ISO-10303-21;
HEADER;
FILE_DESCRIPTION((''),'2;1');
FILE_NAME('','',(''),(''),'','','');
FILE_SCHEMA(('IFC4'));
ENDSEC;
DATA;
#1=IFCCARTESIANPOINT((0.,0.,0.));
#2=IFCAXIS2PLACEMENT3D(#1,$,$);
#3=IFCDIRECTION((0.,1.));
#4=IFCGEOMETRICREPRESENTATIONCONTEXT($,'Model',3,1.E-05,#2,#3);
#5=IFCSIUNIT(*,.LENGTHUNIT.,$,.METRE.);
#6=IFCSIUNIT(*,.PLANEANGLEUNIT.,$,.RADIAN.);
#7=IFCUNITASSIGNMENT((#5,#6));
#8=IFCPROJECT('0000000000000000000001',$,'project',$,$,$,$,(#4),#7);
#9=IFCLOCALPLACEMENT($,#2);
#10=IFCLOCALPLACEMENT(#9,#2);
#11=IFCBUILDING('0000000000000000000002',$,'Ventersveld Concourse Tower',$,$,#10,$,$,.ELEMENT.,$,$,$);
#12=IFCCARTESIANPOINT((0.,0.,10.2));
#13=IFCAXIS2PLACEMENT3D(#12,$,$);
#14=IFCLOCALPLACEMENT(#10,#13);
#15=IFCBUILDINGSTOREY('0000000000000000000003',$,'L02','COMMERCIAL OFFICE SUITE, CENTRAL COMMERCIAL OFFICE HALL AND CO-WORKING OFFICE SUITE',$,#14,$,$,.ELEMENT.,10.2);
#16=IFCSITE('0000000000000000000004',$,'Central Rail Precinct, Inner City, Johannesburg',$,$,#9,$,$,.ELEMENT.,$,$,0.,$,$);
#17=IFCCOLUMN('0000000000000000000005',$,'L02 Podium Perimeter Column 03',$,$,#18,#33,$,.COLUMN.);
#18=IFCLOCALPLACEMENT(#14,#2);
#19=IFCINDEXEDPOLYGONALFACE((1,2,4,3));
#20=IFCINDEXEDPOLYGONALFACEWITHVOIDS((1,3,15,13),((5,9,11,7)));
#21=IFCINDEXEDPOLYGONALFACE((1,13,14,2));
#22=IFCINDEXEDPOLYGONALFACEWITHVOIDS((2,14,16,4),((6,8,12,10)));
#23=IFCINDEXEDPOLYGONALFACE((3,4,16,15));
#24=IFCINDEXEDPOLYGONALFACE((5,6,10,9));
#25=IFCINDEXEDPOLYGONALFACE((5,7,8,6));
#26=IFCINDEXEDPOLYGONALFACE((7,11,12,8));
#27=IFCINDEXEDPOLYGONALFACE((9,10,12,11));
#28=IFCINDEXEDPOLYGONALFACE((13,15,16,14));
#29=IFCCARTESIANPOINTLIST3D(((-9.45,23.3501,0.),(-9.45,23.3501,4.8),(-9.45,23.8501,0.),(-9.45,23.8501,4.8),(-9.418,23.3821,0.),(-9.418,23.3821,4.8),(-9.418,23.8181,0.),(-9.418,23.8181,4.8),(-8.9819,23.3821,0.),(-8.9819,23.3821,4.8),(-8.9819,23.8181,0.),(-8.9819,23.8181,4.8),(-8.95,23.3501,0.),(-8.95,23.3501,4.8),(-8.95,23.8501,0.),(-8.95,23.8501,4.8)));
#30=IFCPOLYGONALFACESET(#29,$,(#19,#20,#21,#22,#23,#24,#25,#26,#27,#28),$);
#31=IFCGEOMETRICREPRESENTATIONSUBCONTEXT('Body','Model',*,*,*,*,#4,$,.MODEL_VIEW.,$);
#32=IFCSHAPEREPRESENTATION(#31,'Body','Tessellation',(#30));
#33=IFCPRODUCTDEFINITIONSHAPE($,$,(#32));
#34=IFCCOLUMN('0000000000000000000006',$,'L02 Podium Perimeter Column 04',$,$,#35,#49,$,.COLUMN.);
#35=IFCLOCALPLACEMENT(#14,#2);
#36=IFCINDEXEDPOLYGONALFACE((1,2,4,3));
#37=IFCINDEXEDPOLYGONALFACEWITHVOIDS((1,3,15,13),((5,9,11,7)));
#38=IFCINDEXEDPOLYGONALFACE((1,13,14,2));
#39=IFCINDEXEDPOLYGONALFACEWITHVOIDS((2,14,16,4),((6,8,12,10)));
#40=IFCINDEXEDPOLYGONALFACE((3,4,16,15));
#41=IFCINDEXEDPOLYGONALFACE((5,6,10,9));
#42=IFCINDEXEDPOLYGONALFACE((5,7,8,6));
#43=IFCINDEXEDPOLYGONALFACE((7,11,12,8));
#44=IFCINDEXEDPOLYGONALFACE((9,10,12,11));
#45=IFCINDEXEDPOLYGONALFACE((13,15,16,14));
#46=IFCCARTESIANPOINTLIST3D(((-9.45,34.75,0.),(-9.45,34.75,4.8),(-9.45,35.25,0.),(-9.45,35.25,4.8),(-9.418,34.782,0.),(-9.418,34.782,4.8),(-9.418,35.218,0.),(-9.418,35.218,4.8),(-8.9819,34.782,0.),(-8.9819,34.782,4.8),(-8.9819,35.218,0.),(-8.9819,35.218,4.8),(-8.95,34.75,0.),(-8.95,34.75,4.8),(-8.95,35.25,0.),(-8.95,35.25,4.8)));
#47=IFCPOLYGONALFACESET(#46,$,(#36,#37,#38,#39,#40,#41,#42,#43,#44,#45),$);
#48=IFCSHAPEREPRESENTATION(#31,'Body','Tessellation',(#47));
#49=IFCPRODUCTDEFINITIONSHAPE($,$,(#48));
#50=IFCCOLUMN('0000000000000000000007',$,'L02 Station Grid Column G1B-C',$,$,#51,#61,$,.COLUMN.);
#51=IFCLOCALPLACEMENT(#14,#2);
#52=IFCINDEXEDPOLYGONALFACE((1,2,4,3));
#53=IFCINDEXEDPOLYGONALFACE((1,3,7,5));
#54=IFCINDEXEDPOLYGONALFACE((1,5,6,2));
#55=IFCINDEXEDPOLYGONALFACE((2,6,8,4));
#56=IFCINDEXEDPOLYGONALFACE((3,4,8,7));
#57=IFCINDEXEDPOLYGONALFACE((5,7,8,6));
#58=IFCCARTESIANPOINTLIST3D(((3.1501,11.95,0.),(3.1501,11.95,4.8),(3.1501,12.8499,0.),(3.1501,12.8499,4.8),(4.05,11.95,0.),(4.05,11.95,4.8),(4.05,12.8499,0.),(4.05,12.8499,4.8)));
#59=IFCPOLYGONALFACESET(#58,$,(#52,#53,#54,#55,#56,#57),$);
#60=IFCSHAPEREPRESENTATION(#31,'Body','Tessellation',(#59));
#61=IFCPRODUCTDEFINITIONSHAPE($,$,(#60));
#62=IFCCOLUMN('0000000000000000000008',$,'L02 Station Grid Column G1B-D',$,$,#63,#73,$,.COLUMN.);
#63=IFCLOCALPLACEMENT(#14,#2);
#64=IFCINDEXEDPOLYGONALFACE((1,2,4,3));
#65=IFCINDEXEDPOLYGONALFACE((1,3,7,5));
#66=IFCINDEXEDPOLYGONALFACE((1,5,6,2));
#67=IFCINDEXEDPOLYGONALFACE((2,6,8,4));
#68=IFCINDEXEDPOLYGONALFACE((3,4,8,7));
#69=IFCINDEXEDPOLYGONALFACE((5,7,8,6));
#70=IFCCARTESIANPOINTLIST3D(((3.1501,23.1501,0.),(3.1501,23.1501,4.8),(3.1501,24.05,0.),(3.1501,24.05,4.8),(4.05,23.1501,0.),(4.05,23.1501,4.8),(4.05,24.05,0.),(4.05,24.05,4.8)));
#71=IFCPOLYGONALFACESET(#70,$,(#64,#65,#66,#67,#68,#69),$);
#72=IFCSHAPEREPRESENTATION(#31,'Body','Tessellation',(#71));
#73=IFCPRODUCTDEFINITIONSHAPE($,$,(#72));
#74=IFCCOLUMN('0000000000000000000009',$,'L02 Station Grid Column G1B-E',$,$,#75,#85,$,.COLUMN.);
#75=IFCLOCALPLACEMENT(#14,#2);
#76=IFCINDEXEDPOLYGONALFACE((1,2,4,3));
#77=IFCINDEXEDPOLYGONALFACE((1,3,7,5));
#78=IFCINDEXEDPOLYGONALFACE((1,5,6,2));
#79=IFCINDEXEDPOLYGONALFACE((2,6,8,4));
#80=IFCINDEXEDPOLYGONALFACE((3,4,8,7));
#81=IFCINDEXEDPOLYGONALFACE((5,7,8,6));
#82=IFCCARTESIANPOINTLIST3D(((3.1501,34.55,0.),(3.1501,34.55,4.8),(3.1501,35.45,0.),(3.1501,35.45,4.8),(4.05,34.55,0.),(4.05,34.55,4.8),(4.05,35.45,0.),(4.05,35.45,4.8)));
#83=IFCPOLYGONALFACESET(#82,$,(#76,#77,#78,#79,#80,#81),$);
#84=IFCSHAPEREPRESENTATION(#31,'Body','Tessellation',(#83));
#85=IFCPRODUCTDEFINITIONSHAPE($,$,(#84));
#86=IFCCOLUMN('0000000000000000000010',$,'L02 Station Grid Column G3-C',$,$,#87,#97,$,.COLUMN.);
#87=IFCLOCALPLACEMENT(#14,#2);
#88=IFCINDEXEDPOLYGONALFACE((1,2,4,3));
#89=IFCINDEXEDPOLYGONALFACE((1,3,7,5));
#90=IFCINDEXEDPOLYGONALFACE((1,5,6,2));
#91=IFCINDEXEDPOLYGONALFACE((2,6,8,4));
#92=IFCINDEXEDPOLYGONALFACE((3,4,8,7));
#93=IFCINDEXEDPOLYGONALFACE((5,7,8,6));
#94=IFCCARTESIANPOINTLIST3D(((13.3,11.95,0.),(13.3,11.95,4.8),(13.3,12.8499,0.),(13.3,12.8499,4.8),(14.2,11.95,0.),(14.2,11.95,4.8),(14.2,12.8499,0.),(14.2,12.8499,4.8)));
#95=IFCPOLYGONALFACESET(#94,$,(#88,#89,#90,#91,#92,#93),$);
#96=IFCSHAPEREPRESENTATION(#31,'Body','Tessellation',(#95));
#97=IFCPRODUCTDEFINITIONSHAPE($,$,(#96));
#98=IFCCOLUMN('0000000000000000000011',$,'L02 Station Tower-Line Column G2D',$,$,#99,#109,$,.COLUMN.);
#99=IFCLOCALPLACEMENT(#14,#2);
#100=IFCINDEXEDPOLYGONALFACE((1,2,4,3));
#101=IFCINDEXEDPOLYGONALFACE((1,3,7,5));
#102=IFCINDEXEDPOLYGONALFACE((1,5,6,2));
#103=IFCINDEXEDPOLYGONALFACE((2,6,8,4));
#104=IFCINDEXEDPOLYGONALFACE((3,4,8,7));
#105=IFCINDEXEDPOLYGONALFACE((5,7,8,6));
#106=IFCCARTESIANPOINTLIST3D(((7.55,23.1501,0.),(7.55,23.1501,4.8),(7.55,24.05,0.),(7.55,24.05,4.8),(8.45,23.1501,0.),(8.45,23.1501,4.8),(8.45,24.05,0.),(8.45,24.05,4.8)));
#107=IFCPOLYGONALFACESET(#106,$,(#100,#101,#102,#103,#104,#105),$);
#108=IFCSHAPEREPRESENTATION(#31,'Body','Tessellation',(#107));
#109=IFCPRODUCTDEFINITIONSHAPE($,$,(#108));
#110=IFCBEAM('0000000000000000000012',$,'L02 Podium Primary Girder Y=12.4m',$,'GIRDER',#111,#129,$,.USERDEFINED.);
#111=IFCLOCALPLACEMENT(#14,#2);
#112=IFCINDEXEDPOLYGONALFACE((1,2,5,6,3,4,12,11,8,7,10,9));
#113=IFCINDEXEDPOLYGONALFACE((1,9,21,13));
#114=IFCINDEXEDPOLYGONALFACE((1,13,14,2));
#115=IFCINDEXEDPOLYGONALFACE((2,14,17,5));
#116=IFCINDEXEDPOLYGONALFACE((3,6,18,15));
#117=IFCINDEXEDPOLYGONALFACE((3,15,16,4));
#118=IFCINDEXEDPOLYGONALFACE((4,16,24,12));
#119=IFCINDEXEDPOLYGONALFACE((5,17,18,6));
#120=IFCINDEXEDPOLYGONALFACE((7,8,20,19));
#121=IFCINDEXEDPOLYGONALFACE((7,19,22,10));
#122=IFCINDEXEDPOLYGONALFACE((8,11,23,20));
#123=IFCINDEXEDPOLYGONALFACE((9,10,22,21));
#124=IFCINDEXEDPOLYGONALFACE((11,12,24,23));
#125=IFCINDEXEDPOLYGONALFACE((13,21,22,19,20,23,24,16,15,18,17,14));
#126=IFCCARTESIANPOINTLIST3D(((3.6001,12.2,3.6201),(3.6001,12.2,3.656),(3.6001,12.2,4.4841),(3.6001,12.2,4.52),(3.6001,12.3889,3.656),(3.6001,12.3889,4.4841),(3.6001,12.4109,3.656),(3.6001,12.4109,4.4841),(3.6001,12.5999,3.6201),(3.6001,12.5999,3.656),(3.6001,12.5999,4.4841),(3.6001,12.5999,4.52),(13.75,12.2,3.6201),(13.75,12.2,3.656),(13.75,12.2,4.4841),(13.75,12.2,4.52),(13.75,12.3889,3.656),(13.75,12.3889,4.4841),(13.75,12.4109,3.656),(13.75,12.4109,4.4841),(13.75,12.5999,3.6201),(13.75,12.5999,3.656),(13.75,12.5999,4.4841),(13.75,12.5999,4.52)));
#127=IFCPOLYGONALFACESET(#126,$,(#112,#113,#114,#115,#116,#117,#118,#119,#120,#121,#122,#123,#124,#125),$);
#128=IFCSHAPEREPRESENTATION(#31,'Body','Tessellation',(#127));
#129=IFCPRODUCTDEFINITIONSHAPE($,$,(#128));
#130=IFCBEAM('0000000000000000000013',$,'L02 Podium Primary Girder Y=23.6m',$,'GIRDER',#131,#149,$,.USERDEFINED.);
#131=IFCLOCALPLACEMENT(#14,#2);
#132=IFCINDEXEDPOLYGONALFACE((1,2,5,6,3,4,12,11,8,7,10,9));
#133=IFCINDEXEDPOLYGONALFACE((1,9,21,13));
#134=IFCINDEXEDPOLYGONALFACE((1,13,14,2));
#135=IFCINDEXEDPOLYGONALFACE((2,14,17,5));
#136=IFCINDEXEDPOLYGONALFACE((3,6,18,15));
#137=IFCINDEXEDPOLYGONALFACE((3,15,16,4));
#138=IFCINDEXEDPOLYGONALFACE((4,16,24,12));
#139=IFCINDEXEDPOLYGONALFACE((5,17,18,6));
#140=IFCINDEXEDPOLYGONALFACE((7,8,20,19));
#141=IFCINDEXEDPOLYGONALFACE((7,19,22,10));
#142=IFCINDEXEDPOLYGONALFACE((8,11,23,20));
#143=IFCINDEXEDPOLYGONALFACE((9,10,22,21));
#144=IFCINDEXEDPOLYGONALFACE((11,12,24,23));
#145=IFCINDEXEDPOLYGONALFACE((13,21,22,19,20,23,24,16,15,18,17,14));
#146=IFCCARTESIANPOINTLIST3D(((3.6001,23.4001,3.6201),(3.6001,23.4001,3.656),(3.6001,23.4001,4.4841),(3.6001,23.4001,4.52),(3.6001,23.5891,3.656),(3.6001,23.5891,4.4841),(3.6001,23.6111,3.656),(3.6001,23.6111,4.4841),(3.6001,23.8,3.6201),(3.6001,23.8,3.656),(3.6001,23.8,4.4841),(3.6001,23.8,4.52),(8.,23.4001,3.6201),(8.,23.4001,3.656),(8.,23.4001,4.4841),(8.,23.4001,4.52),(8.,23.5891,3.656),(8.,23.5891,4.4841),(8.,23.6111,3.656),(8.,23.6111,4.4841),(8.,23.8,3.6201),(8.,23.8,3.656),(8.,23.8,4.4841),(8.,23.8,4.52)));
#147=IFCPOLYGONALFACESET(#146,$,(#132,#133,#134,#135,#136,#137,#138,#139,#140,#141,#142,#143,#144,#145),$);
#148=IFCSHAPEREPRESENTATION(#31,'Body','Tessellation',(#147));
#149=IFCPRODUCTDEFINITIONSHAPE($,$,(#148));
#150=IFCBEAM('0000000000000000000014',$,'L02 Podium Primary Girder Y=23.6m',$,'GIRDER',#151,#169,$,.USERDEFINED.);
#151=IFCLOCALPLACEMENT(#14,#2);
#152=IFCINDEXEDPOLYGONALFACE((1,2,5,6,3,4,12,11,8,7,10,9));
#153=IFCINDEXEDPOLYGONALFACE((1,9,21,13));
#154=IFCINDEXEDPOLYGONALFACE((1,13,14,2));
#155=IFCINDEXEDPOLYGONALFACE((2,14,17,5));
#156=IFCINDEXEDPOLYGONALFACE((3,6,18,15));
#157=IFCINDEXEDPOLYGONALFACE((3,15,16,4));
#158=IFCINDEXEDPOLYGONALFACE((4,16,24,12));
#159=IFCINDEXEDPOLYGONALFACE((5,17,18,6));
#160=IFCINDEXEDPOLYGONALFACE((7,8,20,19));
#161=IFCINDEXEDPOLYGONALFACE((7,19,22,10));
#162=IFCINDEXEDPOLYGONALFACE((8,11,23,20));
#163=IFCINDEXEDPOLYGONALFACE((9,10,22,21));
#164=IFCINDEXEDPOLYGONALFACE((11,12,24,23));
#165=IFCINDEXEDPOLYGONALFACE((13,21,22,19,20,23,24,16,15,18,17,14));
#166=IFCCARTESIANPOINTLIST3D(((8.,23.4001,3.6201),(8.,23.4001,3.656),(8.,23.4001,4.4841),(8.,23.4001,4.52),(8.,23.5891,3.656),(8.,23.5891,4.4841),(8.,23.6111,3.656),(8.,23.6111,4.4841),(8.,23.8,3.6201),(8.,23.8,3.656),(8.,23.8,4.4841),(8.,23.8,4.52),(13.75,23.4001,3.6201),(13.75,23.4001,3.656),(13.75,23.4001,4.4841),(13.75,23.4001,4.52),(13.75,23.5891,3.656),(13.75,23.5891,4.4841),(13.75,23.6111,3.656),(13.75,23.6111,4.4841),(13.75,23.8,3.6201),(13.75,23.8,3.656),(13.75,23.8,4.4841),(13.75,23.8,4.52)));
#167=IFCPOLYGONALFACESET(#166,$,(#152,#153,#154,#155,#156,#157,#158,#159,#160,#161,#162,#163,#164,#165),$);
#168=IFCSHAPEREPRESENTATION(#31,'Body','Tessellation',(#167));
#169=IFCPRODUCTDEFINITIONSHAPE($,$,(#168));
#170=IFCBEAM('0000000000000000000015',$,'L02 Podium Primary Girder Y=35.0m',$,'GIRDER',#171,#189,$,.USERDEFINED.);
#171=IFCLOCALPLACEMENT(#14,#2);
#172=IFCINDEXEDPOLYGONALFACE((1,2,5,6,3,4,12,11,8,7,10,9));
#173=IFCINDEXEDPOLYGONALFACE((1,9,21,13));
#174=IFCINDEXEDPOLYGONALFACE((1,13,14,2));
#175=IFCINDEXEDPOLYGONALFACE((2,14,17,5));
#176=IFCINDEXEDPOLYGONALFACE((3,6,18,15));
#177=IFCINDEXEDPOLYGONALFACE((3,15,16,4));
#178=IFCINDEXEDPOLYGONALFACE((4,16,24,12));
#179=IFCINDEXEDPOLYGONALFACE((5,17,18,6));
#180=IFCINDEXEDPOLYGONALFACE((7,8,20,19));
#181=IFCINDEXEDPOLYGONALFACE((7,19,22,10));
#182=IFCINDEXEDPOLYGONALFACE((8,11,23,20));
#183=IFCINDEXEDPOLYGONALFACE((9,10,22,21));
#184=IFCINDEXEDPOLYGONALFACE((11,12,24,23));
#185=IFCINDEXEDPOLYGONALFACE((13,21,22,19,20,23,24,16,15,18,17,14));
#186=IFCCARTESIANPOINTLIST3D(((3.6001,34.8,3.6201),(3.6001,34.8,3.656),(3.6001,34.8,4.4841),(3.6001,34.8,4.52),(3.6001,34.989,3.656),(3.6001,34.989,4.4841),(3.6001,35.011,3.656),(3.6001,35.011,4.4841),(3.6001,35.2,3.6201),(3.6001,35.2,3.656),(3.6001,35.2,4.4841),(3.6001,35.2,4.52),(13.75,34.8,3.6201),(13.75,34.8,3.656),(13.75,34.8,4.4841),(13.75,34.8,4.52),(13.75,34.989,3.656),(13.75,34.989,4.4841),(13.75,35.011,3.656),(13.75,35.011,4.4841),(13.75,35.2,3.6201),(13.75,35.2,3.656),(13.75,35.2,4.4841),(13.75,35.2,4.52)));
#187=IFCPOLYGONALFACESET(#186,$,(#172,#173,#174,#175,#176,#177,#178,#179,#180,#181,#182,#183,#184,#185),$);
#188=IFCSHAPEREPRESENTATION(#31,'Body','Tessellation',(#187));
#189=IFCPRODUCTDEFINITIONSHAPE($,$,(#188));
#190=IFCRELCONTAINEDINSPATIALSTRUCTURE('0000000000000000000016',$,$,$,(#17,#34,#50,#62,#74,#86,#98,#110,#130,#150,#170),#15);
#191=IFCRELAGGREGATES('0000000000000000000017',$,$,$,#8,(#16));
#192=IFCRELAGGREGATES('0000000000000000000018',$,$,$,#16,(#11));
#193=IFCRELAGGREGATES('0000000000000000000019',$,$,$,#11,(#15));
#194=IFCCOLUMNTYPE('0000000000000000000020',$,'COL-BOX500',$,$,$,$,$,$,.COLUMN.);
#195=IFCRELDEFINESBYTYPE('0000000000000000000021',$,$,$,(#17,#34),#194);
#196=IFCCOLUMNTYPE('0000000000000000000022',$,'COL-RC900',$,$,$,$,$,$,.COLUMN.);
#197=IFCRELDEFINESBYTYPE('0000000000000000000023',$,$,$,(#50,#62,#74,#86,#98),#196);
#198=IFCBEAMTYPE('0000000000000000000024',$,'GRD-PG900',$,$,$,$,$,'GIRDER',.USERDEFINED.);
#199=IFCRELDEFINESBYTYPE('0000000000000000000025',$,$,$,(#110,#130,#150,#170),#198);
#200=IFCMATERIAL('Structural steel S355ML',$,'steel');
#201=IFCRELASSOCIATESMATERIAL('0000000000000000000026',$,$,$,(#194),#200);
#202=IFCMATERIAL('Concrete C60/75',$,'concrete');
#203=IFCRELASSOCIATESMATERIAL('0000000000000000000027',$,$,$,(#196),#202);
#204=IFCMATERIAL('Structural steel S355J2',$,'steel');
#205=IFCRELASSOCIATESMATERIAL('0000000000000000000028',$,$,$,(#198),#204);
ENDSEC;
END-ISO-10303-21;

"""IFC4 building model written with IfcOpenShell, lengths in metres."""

from ifc_helpers import new_model, si_unit, direction, frame, origin, origin_2d, place, context, subcontext, project, spatial, rectangle, hollow_rectangle, i_section, extrude, material, material_profile, profile_set, type_object, element, save


model = new_model("IFC4")

# Units and contexts
model_context = context("Model", 3, precision=1e-05, world=origin(), true_north=direction((0.0, 1.0)))
body_context = subcontext(model_context, "Body", "Model", "MODEL_VIEW")
ifc_project = project(units=[si_unit("LENGTHUNIT", "METRE"), si_unit("PLANEANGLEUNIT", "RADIAN")], contexts=[model_context])

# Site, building, storey
site_placement = place(None, origin())
site = spatial("IfcSite", under=ifc_project, at=site_placement, Name="Central Rail Precinct, Inner City, Johannesburg", CompositionType="ELEMENT", RefElevation=0.0)
building_placement = place(site_placement, origin())
building = spatial("IfcBuilding", under=site, at=building_placement, Name="Ventersveld Concourse Tower", CompositionType="ELEMENT")
storey_placement = place(building_placement, frame((0.0, 0.0, 10.2)))
storey = spatial("IfcBuildingStorey", under=building, at=storey_placement, Name="L02", Description="COMMERCIAL OFFICE SUITE, CENTRAL COMMERCIAL OFFICE HALL AND CO-WORKING OFFICE SUITE", CompositionType="ELEMENT", Elevation=10.2)

# Columns
ifc_material_1 = material(Name="Structural steel S355ML", Category="steel")
ifc_material_profile_1 = material_profile(ifc_material_1, hollow_rectangle(XDim=0.5, YDim=0.5, WallThickness=0.032, at=origin_2d()), Name="BOX 500x500x32")
ifc_profile_set_1 = profile_set([ifc_material_profile_1], Name="Structural steel S355ML")
column_type_1 = type_object("IfcColumnType", Name="COL-BOX500", PredefinedType="COLUMN", material=ifc_profile_set_1)
for number, where, z_axis, x_axis, name in (
    (1, (-9.2, 23.6001, 0.0), (0.0, 0.0, 1.0), (1.0, 0.0, 0.0), "L02 Podium Perimeter Column 03"),
    (2, (-9.2, 35.0, 0.0), (0.0, 0.0, 1.0), (1.0, 0.0, 0.0), "L02 Podium Perimeter Column 04"),
):
    element("IfcColumn", number, at=place(storey_placement, frame(where, z_axis=z_axis, x_axis=x_axis)), inside=storey, type_object=column_type_1, Name=name, PredefinedType="COLUMN", context=body_context, shape_type="SweptSolid", body=[
        extrude(hollow_rectangle(XDim=0.5, YDim=0.5, WallThickness=0.032, at=origin_2d()), origin(), (0.0, 0.0, 1.0), 4.8),
    ])
ifc_material_2 = material(Name="Concrete C60/75", Category="concrete")
ifc_material_profile_2 = material_profile(ifc_material_2, rectangle(XDim=0.8999, YDim=0.8999, at=origin_2d()), Name="RC 900x900")
ifc_profile_set_2 = profile_set([ifc_material_profile_2], Name="Concrete C60/75")
column_type_2 = type_object("IfcColumnType", Name="COL-RC900", PredefinedType="COLUMN", material=ifc_profile_set_2)
for number, where, z_axis, x_axis, name in (
    (3, (3.6001, 12.3999, 0.0), (0.0, 0.0, 1.0), (1.0, 0.0, 0.0), "L02 Station Grid Column G1B-C"),
    (4, (3.6001, 23.6001, 0.0), (0.0, 0.0, 1.0), (1.0, 0.0, 0.0), "L02 Station Grid Column G1B-D"),
    (5, (3.6001, 35.0, 0.0), (0.0, 0.0, 1.0), (1.0, 0.0, 0.0), "L02 Station Grid Column G1B-E"),
    (6, (13.75, 12.3999, 0.0), (0.0, 0.0, 1.0), (1.0, 0.0, 0.0), "L02 Station Grid Column G3-C"),
    (7, (8.0, 23.6001, 0.0), (0.0, 0.0, 1.0), (1.0, 0.0, 0.0), "L02 Station Tower-Line Column G2D"),
):
    element("IfcColumn", number, at=place(storey_placement, frame(where, z_axis=z_axis, x_axis=x_axis)), inside=storey, type_object=column_type_2, Name=name, PredefinedType="COLUMN", context=body_context, shape_type="SweptSolid", body=[
        extrude(rectangle(XDim=0.8999, YDim=0.8999, at=origin_2d()), origin(), (0.0, 0.0, 1.0), 4.8),
    ])

# Beams
ifc_material_3 = material(Name="Structural steel S355J2", Category="steel")
ifc_material_profile_3 = material_profile(ifc_material_3, i_section(OverallWidth=0.3999, OverallDepth=0.8999, WebThickness=0.022, FlangeThickness=0.0359, at=origin_2d()), Name="PG 900x400x36")
ifc_profile_set_3 = profile_set([ifc_material_profile_3], Name="Structural steel S355J2")
beam_type_1 = type_object("IfcBeamType", Name="GRD-PG900", ElementType="GIRDER", PredefinedType="USERDEFINED", material=ifc_profile_set_3)
beam_1_placement = place(storey_placement, frame((3.6001, 12.3999, 4.0701), z_axis=(1.0, 0.0, 0.0), x_axis=(0.0, 1.0, 0.0)))
element("IfcBeam", 8, at=beam_1_placement, inside=storey, type_object=beam_type_1, Name="L02 Podium Primary Girder Y=12.4m", ObjectType="GIRDER", PredefinedType="USERDEFINED", context=body_context, shape_type="SweptSolid", body=[
    extrude(i_section(OverallWidth=0.3999, OverallDepth=0.8999, WebThickness=0.022, FlangeThickness=0.0359, at=origin_2d()), origin(), (0.0, 0.0, 1.0), 10.1499),
])
beam_2_placement = place(storey_placement, frame((3.6001, 23.6001, 4.0701), z_axis=(1.0, 0.0, 0.0), x_axis=(0.0, 1.0, 0.0)))
element("IfcBeam", 9, at=beam_2_placement, inside=storey, type_object=beam_type_1, Name="L02 Podium Primary Girder Y=23.6m", ObjectType="GIRDER", PredefinedType="USERDEFINED", context=body_context, shape_type="SweptSolid", body=[
    extrude(i_section(OverallWidth=0.3999, OverallDepth=0.8999, WebThickness=0.022, FlangeThickness=0.0359, at=origin_2d()), origin(), (0.0, 0.0, 1.0), 4.3999),
])
beam_3_placement = place(storey_placement, frame((8.0, 23.6001, 4.0701), z_axis=(1.0, 0.0, 0.0), x_axis=(0.0, 1.0, 0.0)))
element("IfcBeam", 10, at=beam_3_placement, inside=storey, type_object=beam_type_1, Name="L02 Podium Primary Girder Y=23.6m", ObjectType="GIRDER", PredefinedType="USERDEFINED", context=body_context, shape_type="SweptSolid", body=[
    extrude(i_section(OverallWidth=0.3999, OverallDepth=0.8999, WebThickness=0.022, FlangeThickness=0.0359, at=origin_2d()), origin(), (0.0, 0.0, 1.0), 5.75),
])
beam_4_placement = place(storey_placement, frame((3.6001, 35.0, 4.0701), z_axis=(1.0, 0.0, 0.0), x_axis=(0.0, 1.0, 0.0)))
element("IfcBeam", 11, at=beam_4_placement, inside=storey, type_object=beam_type_1, Name="L02 Podium Primary Girder Y=35.0m", ObjectType="GIRDER", PredefinedType="USERDEFINED", context=body_context, shape_type="SweptSolid", body=[
    extrude(i_section(OverallWidth=0.3999, OverallDepth=0.8999, WebThickness=0.022, FlangeThickness=0.0359, at=origin_2d()), origin(), (0.0, 0.0, 1.0), 10.1499),
])

save(model, "model.ifc")
